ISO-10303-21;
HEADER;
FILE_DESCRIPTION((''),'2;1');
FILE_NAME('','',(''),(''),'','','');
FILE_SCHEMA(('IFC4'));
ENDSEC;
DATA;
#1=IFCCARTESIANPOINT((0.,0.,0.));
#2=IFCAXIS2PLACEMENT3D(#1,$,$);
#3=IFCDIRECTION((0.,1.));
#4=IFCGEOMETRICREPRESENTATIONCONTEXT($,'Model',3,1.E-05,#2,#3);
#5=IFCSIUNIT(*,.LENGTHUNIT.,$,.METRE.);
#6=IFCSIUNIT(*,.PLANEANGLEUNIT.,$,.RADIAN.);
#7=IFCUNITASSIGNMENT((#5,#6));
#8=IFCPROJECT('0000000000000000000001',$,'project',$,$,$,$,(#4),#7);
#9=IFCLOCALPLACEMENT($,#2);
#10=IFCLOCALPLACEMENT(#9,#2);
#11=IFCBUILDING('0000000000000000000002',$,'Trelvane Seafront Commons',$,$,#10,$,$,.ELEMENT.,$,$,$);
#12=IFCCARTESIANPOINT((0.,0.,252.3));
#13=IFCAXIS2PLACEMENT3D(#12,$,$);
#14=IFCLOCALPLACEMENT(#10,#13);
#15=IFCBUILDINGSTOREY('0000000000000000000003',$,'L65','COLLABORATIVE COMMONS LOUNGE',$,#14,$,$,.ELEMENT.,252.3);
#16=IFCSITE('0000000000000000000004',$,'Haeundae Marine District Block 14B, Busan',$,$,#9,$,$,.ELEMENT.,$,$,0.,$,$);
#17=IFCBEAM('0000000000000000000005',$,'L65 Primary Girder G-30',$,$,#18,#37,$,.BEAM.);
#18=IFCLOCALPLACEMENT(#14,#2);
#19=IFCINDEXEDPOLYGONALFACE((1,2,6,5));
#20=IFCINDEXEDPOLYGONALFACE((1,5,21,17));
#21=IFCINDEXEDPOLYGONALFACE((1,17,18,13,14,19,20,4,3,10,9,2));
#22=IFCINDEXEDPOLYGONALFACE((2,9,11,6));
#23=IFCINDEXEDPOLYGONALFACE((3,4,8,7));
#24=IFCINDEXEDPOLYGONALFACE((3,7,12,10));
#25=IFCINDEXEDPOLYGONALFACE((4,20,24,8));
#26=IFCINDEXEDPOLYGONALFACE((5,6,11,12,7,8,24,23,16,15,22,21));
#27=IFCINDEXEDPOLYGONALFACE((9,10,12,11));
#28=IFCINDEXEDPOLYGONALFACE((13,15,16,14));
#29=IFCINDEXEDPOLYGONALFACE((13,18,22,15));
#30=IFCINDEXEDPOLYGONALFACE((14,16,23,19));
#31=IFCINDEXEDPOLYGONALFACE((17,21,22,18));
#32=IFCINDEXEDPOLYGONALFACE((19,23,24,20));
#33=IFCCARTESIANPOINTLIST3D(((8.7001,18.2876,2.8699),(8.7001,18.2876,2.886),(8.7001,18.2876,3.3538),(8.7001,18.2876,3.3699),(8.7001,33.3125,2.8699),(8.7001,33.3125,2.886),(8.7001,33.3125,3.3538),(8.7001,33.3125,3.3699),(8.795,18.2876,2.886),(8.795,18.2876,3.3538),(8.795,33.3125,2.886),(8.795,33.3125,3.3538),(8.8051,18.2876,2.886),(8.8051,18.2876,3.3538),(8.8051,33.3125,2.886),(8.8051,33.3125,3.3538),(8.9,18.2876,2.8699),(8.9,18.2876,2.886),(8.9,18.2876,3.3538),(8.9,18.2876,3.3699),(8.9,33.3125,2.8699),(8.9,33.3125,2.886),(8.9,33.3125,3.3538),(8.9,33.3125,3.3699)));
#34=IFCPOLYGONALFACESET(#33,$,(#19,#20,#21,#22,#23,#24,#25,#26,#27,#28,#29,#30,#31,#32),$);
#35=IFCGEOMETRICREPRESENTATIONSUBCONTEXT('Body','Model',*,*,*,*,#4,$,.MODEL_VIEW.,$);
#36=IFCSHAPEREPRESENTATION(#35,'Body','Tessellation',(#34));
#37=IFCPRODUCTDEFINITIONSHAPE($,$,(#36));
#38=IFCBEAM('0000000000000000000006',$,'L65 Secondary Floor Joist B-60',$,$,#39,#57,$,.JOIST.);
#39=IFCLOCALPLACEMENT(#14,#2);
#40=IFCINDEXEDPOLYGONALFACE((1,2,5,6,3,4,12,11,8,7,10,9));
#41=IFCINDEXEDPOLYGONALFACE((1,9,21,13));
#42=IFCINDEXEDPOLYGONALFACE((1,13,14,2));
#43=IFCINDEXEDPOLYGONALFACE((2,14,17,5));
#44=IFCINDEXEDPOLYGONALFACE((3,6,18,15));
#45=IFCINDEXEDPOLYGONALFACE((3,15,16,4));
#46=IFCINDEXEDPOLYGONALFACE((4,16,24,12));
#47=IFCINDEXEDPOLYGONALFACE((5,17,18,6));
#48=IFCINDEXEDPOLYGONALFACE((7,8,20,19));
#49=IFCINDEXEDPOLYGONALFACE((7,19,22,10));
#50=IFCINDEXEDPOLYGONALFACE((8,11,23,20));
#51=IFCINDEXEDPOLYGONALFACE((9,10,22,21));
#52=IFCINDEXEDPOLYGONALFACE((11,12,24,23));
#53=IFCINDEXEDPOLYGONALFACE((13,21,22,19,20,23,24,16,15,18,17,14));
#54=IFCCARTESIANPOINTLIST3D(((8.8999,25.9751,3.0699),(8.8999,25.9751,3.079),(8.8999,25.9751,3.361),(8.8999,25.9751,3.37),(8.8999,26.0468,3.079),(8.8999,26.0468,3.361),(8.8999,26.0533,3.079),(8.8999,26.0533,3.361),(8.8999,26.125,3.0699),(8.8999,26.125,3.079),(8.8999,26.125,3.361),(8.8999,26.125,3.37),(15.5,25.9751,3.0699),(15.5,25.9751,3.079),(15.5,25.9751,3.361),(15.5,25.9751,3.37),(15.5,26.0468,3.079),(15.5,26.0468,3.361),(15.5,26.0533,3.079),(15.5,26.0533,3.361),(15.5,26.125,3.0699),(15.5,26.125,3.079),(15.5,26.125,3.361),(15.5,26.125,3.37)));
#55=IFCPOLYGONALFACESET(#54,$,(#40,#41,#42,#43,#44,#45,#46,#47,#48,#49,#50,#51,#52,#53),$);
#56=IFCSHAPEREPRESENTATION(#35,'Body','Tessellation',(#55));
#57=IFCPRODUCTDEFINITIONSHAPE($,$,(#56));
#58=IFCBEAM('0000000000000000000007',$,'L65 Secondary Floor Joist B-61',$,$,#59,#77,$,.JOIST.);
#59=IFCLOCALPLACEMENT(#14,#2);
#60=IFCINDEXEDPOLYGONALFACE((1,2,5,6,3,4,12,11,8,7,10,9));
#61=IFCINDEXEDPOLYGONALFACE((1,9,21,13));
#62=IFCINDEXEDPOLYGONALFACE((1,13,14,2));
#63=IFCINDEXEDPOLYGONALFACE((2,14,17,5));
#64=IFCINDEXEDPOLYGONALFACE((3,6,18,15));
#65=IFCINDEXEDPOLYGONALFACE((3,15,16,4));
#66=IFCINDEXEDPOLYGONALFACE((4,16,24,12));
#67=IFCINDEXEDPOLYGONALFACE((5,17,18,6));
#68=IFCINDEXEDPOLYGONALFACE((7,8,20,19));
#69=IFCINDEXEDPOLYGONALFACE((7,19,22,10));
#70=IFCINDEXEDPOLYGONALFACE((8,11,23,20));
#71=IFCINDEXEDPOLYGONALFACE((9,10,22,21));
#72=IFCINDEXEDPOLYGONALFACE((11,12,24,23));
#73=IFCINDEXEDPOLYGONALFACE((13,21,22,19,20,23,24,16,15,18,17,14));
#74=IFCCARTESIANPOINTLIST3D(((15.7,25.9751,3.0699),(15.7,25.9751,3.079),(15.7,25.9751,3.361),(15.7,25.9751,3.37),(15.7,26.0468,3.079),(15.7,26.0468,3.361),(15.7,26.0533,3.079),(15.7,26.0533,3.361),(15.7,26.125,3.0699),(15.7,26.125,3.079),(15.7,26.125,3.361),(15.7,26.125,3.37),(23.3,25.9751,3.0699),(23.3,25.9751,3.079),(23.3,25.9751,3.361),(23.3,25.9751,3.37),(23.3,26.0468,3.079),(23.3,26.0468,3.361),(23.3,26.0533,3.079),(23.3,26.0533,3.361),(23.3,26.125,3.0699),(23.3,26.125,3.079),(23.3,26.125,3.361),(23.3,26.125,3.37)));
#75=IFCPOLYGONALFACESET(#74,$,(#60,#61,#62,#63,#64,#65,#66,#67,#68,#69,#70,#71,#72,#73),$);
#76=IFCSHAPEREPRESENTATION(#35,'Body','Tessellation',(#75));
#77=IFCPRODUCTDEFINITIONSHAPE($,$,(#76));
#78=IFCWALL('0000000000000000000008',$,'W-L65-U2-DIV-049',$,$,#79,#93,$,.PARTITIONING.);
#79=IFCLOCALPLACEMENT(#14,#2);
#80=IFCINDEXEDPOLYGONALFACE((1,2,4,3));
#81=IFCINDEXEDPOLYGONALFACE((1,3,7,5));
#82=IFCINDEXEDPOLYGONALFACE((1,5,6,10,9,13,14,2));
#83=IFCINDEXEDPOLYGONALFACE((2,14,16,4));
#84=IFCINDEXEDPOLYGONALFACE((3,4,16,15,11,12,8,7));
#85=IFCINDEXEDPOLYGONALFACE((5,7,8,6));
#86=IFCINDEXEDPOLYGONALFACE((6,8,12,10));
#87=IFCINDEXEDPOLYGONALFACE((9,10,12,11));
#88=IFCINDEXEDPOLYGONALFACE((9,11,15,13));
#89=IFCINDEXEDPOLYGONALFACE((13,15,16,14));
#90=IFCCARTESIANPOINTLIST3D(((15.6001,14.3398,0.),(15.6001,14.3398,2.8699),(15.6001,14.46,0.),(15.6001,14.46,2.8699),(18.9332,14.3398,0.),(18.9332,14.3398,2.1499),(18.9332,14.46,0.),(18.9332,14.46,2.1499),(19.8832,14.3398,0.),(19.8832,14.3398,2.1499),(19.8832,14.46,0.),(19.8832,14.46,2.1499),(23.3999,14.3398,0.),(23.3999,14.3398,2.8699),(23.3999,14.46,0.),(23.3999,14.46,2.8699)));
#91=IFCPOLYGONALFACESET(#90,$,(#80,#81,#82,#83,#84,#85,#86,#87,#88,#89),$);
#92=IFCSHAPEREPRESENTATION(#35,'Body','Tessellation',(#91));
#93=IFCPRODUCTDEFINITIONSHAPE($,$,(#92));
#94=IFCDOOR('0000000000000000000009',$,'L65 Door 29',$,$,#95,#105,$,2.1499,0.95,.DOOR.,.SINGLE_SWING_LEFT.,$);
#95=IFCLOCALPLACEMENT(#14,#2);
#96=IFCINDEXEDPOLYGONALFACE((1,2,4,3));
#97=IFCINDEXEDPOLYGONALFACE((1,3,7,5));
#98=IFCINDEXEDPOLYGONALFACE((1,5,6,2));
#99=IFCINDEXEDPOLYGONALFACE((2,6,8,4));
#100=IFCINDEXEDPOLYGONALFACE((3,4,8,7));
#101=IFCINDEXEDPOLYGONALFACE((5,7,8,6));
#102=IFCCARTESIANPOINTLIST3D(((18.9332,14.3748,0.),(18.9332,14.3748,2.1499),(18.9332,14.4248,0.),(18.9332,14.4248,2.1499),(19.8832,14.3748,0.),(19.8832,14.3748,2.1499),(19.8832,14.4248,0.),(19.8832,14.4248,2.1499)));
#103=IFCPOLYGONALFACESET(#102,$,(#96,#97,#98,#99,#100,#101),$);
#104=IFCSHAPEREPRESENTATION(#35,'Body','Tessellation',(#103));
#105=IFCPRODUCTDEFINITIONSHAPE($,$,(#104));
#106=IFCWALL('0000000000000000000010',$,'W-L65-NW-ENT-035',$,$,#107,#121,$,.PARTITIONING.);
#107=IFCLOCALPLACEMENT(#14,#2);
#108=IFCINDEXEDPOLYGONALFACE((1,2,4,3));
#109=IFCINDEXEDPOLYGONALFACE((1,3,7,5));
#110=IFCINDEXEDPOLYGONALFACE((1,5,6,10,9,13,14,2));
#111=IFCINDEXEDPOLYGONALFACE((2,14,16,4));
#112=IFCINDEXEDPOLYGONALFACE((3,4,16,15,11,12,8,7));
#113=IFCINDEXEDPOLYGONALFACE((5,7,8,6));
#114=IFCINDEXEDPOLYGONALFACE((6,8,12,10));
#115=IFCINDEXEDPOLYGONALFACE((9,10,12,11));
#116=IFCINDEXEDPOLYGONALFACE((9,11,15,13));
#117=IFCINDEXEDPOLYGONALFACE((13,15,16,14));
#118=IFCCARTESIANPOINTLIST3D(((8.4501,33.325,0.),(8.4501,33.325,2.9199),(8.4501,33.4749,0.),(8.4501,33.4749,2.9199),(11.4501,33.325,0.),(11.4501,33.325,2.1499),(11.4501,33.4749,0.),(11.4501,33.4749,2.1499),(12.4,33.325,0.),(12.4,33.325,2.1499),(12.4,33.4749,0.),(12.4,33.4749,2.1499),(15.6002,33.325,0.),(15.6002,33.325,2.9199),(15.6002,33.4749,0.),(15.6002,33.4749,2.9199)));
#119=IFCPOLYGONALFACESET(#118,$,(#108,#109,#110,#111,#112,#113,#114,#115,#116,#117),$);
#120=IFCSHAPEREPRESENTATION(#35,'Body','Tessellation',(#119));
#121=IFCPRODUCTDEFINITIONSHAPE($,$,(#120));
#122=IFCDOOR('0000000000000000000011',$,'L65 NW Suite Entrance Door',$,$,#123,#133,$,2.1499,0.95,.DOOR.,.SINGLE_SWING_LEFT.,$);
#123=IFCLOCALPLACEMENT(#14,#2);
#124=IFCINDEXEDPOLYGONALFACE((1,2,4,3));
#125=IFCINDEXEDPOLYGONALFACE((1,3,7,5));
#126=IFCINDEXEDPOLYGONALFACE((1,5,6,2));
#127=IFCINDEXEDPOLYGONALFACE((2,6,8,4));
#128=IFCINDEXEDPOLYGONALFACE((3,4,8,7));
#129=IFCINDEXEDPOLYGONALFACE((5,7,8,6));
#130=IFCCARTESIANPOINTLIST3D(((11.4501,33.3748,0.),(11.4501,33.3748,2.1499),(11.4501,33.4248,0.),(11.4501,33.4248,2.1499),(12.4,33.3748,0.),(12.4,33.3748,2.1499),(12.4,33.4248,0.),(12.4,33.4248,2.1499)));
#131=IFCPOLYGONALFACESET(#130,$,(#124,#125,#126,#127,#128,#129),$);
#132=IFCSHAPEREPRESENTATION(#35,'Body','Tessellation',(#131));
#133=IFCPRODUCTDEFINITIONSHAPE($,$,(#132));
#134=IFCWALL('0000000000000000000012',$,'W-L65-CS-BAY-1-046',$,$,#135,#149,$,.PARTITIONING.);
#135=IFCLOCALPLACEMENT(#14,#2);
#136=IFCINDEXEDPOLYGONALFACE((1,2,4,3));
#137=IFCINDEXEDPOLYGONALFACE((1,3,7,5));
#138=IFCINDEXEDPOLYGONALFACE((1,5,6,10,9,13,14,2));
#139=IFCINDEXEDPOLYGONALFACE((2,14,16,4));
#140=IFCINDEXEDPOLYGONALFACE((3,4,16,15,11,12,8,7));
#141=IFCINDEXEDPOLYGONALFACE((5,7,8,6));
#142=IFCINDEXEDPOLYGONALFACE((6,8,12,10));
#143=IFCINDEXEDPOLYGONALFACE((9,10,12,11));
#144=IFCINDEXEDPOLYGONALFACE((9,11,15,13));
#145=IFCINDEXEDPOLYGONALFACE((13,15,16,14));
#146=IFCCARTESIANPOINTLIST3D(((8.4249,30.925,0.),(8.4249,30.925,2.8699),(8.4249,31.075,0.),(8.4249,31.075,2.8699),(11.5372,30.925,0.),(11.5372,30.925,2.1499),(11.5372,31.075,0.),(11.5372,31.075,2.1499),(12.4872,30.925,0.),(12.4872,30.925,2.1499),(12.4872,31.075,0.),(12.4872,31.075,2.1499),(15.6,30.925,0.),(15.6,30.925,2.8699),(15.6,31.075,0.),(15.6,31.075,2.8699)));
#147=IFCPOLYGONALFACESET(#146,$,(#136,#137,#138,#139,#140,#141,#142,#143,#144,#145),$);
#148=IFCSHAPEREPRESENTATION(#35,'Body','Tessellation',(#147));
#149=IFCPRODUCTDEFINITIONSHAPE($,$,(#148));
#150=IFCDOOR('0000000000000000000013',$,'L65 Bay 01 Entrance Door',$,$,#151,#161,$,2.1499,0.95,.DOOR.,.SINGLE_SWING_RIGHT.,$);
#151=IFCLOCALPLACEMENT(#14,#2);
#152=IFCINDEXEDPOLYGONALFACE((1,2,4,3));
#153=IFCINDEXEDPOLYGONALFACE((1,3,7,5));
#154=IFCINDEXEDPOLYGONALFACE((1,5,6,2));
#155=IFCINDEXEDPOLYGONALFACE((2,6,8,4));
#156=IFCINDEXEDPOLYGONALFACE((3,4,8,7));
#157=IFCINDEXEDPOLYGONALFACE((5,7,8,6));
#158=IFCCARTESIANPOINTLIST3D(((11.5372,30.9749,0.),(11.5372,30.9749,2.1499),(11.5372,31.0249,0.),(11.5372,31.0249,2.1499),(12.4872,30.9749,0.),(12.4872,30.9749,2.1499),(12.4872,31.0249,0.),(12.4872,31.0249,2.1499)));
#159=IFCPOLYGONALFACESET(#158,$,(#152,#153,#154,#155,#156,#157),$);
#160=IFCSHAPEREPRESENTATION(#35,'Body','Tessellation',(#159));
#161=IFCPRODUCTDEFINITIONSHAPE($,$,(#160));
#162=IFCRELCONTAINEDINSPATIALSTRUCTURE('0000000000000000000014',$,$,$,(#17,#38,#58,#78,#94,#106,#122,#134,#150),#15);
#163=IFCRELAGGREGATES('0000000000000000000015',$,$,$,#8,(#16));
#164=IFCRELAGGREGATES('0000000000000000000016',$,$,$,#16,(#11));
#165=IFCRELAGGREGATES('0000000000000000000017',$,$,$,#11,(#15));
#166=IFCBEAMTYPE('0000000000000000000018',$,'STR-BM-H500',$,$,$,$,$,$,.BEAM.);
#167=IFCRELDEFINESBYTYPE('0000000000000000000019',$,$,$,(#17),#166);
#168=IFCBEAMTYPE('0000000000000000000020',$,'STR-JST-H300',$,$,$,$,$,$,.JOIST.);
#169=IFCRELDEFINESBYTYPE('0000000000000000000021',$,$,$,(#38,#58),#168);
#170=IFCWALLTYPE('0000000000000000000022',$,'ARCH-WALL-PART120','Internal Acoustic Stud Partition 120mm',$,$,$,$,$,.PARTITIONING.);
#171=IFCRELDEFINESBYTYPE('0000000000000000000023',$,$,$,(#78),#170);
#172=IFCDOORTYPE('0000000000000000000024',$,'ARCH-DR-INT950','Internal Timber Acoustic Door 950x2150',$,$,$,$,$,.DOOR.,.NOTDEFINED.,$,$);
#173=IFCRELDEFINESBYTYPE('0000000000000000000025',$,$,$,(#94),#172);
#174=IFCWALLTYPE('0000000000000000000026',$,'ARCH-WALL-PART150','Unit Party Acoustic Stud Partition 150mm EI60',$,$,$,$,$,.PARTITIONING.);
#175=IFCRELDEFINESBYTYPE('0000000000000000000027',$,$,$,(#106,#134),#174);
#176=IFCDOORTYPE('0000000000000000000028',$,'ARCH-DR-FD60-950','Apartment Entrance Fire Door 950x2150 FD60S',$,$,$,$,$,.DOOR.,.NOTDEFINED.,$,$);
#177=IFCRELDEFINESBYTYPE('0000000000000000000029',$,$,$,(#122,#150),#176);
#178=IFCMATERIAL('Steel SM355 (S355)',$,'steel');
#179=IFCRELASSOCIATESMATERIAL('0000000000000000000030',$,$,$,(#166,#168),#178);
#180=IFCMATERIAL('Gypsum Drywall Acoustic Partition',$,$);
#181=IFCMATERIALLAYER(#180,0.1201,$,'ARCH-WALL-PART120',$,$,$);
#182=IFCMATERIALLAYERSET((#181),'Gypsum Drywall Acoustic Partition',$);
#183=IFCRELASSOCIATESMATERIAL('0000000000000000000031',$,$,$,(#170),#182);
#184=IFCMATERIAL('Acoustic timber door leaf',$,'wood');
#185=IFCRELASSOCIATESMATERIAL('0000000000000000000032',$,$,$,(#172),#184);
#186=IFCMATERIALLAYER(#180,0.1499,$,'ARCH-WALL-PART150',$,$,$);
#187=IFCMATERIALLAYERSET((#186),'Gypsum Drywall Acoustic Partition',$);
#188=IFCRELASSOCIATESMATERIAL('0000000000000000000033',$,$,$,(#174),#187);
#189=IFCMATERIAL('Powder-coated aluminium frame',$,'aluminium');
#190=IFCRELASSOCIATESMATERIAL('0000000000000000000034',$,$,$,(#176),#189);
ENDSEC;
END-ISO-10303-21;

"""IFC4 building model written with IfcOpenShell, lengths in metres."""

from ifc_helpers import new_model, si_unit, direction, frame, frame_2d, origin, origin_2d, place, context, subcontext, project, spatial, rectangle, i_section, extrude, source, transform, mapped, material, layer, layer_set, material_profile, profile_set, type_object, element, fill, save


model = new_model("IFC4")

# Units and contexts
model_context = context("Model", 3, precision=1e-05, world=origin(), true_north=direction((0.0, 1.0)))
body_context = subcontext(model_context, "Body", "Model", "MODEL_VIEW")
ifc_project = project(units=[si_unit("LENGTHUNIT", "METRE"), si_unit("PLANEANGLEUNIT", "RADIAN")], contexts=[model_context])

# Site, building, storey
site_placement = place(None, origin())
site = spatial("IfcSite", under=ifc_project, at=site_placement, Name="Haeundae Marine District Block 14B, Busan", CompositionType="ELEMENT", RefElevation=0.0)
building_placement = place(site_placement, origin())
building = spatial("IfcBuilding", under=site, at=building_placement, Name="Trelvane Seafront Commons", CompositionType="ELEMENT")
storey_placement = place(building_placement, frame((0.0, 0.0, 252.3)))
storey = spatial("IfcBuildingStorey", under=building, at=storey_placement, Name="L65", Description="COLLABORATIVE COMMONS LOUNGE", CompositionType="ELEMENT", Elevation=252.3)

# Shared definitions
ifc_material_1 = material(Name="Steel SM355 (S355)", Category="steel")

# Beams
ifc_material_profile_1 = material_profile(ifc_material_1, i_section(OverallWidth=0.2, OverallDepth=0.5, WebThickness=0.01, FlangeThickness=0.0161, at=origin_2d()), Name="H-500x200x10x16")
ifc_profile_set_1 = profile_set([ifc_material_profile_1], Name="Steel SM355 (S355)")
beam_type_1 = type_object("IfcBeamType", Name="STR-BM-H500", PredefinedType="BEAM", material=ifc_profile_set_1)
shared_shape_1 = source(origin(), body_context, "Body", "SweptSolid", [
    extrude(i_section(OverallWidth=0.2, OverallDepth=0.5, WebThickness=0.01, FlangeThickness=0.0161, at=origin_2d()), origin(), (0.0, 0.0, 1.0), 15.0249),
])
beam_1_placement = place(storey_placement, frame((8.8, 18.2876, 3.1199), z_axis=(0.0, 1.0, 0.0), x_axis=(-1.0, 0.0, 0.0)))
element("IfcBeam", 1, at=beam_1_placement, inside=storey, type_object=beam_type_1, Name="L65 Primary Girder G-30", PredefinedType="BEAM", context=body_context, shape_type="MappedRepresentation", body=[
    mapped(shared_shape_1, transform((0.0, 0.0, 0.0), x_axis=(1.0, 0.0, 0.0), y_axis=(0.0, 1.0, 0.0), z_axis=(0.0, 0.0, 1.0), scale=1.0)),
])
ifc_material_profile_2 = material_profile(ifc_material_1, i_section(OverallWidth=0.1499, OverallDepth=0.3, WebThickness=0.0066, FlangeThickness=0.009, at=origin_2d()), Name="H-300x150x6.5x9")
ifc_profile_set_2 = profile_set([ifc_material_profile_2], Name="Steel SM355 (S355)")
beam_type_2 = type_object("IfcBeamType", Name="STR-JST-H300", PredefinedType="JOIST", material=ifc_profile_set_2)
shared_shape_2 = source(origin(), body_context, "Body", "SweptSolid", [
    extrude(i_section(OverallWidth=0.1499, OverallDepth=0.3, WebThickness=0.0066, FlangeThickness=0.009, at=origin_2d()), origin(), (0.0, 0.0, 1.0), 6.6001),
])
beam_2_placement = place(storey_placement, frame((8.8999, 26.05, 3.22), z_axis=(1.0, 0.0, 0.0), x_axis=(0.0, 1.0, 0.0)))
element("IfcBeam", 2, at=beam_2_placement, inside=storey, type_object=beam_type_2, Name="L65 Secondary Floor Joist B-60", PredefinedType="JOIST", context=body_context, shape_type="MappedRepresentation", body=[
    mapped(shared_shape_2, transform((0.0, 0.0, 0.0), x_axis=(1.0, 0.0, 0.0), y_axis=(0.0, 1.0, 0.0), z_axis=(0.0, 0.0, 1.0), scale=1.0)),
])
shared_shape_3 = source(origin(), body_context, "Body", "SweptSolid", [
    extrude(i_section(OverallWidth=0.1499, OverallDepth=0.3, WebThickness=0.0066, FlangeThickness=0.009, at=origin_2d()), origin(), (0.0, 0.0, 1.0), 7.6001),
])
beam_3_placement = place(storey_placement, frame((15.7, 26.05, 3.22), z_axis=(1.0, 0.0, 0.0), x_axis=(0.0, 1.0, 0.0)))
element("IfcBeam", 3, at=beam_3_placement, inside=storey, type_object=beam_type_2, Name="L65 Secondary Floor Joist B-61", PredefinedType="JOIST", context=body_context, shape_type="MappedRepresentation", body=[
    mapped(shared_shape_3, transform((0.0, 0.0, 0.0), x_axis=(1.0, 0.0, 0.0), y_axis=(0.0, 1.0, 0.0), z_axis=(0.0, 0.0, 1.0), scale=1.0)),
])

# Walls, openings, doors
ifc_material_2 = material(Name="Gypsum Drywall Acoustic Partition")
ifc_layer_1 = layer(ifc_material_2, 0.1201, Name="ARCH-WALL-PART120")
ifc_layer_set_1 = layer_set([ifc_layer_1], Name="Gypsum Drywall Acoustic Partition")
wall_type_1 = type_object("IfcWallType", Name="ARCH-WALL-PART120", Description="Internal Acoustic Stud Partition 120mm", PredefinedType="PARTITIONING", material=ifc_layer_set_1)
wall_1_placement = place(storey_placement, frame((15.6001, 14.3999, 0.0), z_axis=(0.0, 0.0, 1.0), x_axis=(1.0, 0.0, 0.0)))
wall_1 = element("IfcWall", 4, at=wall_1_placement, inside=storey, type_object=wall_type_1, Name="W-L65-U2-DIV-049", PredefinedType="PARTITIONING", context=body_context, shape_type="SweptSolid", body=[
    extrude(rectangle(XDim=7.7998, YDim=0.1201, at=frame_2d((3.8999, 0.0))), origin(), (0.0, 0.0, 1.0), 2.8699),
])
opening_1_placement = place(wall_1_placement, frame((3.333, 0.0, 0.0)))
opening_1 = element("IfcOpeningElement", 5, at=opening_1_placement, cuts=wall_1, PredefinedType="OPENING", context=body_context, shape_type="SweptSolid", body=[
    extrude(rectangle(XDim=0.95, YDim=2.1499, at=frame_2d((0.4751, 1.075))), frame((0.0, 0.0701, 0.0), z_axis=(0.0, -1.0, 0.0), x_axis=(1.0, 0.0, 0.0)), (0.0, 0.0, 1.0), 0.1401),
])
ifc_material_3 = material(Name="Acoustic timber door leaf", Category="wood")
door_type_1 = type_object("IfcDoorType", Name="ARCH-DR-INT950", Description="Internal Timber Acoustic Door 950x2150", OperationType="NOTDEFINED", PredefinedType="DOOR", material=ifc_material_3)
shared_shape_4 = source(origin(), body_context, "Body", "SweptSolid", [
    extrude(rectangle(XDim=0.95, YDim=2.1499, at=frame_2d((0.4751, 1.075))), frame((0.0, 0.0249, 0.0), z_axis=(0.0, -1.0, 0.0), x_axis=(1.0, 0.0, 0.0)), (0.0, 0.0, 1.0), 0.05),
])
door_1_placement = place(opening_1_placement, origin())
door_1 = element("IfcDoor", 6, at=door_1_placement, inside=storey, type_object=door_type_1, Name="L65 Door 29", OperationType="SINGLE_SWING_LEFT", OverallHeight=2.1499, OverallWidth=0.95, PredefinedType="DOOR", context=body_context, shape_type="MappedRepresentation", body=[
    mapped(shared_shape_4, transform((0.0, 0.0, 0.0), x_axis=(1.0, 0.0, 0.0), y_axis=(0.0, 1.0, 0.0), z_axis=(0.0, 0.0, 1.0), scale=1.0)),
])
fill(opening_1, door_1)
ifc_layer_2 = layer(ifc_material_2, 0.1499, Name="ARCH-WALL-PART150")
ifc_layer_set_2 = layer_set([ifc_layer_2], Name="Gypsum Drywall Acoustic Partition")
wall_type_2 = type_object("IfcWallType", Name="ARCH-WALL-PART150", Description="Unit Party Acoustic Stud Partition 150mm EI60", PredefinedType="PARTITIONING", material=ifc_layer_set_2)
wall_2_placement = place(storey_placement, frame((8.45, 33.3999, 0.0), z_axis=(0.0, 0.0, 1.0), x_axis=(1.0, 0.0, 0.0)))
wall_2 = element("IfcWall", 7, at=wall_2_placement, inside=storey, type_object=wall_type_2, Name="W-L65-NW-ENT-035", PredefinedType="PARTITIONING", context=body_context, shape_type="SweptSolid", body=[
    extrude(rectangle(XDim=7.1501, YDim=0.1499, at=frame_2d((3.5752, 0.0))), origin(), (0.0, 0.0, 1.0), 2.9199),
])
opening_2_placement = place(wall_2_placement, frame((3.0, 0.0, 0.0)))
opening_2 = element("IfcOpeningElement", 8, at=opening_2_placement, cuts=wall_2, PredefinedType="OPENING", context=body_context, shape_type="SweptSolid", body=[
    extrude(rectangle(XDim=0.95, YDim=2.1499, at=frame_2d((0.4751, 1.075))), frame((0.0, 0.085, 0.0), z_axis=(0.0, -1.0, 0.0), x_axis=(1.0, 0.0, 0.0)), (0.0, 0.0, 1.0), 0.1699),
])
ifc_material_4 = material(Name="Powder-coated aluminium frame", Category="aluminium")
door_type_2 = type_object("IfcDoorType", Name="ARCH-DR-FD60-950", Description="Apartment Entrance Fire Door 950x2150 FD60S", OperationType="NOTDEFINED", PredefinedType="DOOR", material=ifc_material_4)
door_2_placement = place(opening_2_placement, origin())
door_2 = element("IfcDoor", 9, at=door_2_placement, inside=storey, type_object=door_type_2, Name="L65 NW Suite Entrance Door", OperationType="SINGLE_SWING_LEFT", OverallHeight=2.1499, OverallWidth=0.95, PredefinedType="DOOR", context=body_context, shape_type="MappedRepresentation", body=[
    mapped(shared_shape_4, transform((0.0, 0.0, 0.0), x_axis=(1.0, 0.0, 0.0), y_axis=(0.0, 1.0, 0.0), z_axis=(0.0, 0.0, 1.0), scale=1.0)),
])
fill(opening_2, door_2)
wall_3_placement = place(storey_placement, frame((8.425, 31.0, 0.0), z_axis=(0.0, 0.0, 1.0), x_axis=(1.0, 0.0, 0.0)))
wall_3 = element("IfcWall", 10, at=wall_3_placement, inside=storey, type_object=wall_type_2, Name="W-L65-CS-BAY-1-046", PredefinedType="PARTITIONING", context=body_context, shape_type="SweptSolid", body=[
    extrude(rectangle(XDim=7.175, YDim=0.1499, at=frame_2d((3.5874, 0.0))), origin(), (0.0, 0.0, 1.0), 2.8699),
])
opening_3_placement = place(wall_3_placement, frame((3.1121, 0.0, 0.0)))
opening_3 = element("IfcOpeningElement", 11, at=opening_3_placement, cuts=wall_3, PredefinedType="OPENING", context=body_context, shape_type="SweptSolid", body=[
    extrude(rectangle(XDim=0.95, YDim=2.1499, at=frame_2d((0.4751, 1.075))), frame((0.0, 0.085, 0.0), z_axis=(0.0, -1.0, 0.0), x_axis=(1.0, 0.0, 0.0)), (0.0, 0.0, 1.0), 0.1699),
])
door_3_placement = place(opening_3_placement, origin())
door_3 = element("IfcDoor", 12, at=door_3_placement, inside=storey, type_object=door_type_2, Name="L65 Bay 01 Entrance Door", OperationType="SINGLE_SWING_RIGHT", OverallHeight=2.1499, OverallWidth=0.95, PredefinedType="DOOR", context=body_context, shape_type="MappedRepresentation", body=[
    mapped(shared_shape_4, transform((0.0, 0.0, 0.0), x_axis=(1.0, 0.0, 0.0), y_axis=(0.0, 1.0, 0.0), z_axis=(0.0, 0.0, 1.0), scale=1.0)),
])
fill(opening_3, door_3)

save(model, "model.ifc")
